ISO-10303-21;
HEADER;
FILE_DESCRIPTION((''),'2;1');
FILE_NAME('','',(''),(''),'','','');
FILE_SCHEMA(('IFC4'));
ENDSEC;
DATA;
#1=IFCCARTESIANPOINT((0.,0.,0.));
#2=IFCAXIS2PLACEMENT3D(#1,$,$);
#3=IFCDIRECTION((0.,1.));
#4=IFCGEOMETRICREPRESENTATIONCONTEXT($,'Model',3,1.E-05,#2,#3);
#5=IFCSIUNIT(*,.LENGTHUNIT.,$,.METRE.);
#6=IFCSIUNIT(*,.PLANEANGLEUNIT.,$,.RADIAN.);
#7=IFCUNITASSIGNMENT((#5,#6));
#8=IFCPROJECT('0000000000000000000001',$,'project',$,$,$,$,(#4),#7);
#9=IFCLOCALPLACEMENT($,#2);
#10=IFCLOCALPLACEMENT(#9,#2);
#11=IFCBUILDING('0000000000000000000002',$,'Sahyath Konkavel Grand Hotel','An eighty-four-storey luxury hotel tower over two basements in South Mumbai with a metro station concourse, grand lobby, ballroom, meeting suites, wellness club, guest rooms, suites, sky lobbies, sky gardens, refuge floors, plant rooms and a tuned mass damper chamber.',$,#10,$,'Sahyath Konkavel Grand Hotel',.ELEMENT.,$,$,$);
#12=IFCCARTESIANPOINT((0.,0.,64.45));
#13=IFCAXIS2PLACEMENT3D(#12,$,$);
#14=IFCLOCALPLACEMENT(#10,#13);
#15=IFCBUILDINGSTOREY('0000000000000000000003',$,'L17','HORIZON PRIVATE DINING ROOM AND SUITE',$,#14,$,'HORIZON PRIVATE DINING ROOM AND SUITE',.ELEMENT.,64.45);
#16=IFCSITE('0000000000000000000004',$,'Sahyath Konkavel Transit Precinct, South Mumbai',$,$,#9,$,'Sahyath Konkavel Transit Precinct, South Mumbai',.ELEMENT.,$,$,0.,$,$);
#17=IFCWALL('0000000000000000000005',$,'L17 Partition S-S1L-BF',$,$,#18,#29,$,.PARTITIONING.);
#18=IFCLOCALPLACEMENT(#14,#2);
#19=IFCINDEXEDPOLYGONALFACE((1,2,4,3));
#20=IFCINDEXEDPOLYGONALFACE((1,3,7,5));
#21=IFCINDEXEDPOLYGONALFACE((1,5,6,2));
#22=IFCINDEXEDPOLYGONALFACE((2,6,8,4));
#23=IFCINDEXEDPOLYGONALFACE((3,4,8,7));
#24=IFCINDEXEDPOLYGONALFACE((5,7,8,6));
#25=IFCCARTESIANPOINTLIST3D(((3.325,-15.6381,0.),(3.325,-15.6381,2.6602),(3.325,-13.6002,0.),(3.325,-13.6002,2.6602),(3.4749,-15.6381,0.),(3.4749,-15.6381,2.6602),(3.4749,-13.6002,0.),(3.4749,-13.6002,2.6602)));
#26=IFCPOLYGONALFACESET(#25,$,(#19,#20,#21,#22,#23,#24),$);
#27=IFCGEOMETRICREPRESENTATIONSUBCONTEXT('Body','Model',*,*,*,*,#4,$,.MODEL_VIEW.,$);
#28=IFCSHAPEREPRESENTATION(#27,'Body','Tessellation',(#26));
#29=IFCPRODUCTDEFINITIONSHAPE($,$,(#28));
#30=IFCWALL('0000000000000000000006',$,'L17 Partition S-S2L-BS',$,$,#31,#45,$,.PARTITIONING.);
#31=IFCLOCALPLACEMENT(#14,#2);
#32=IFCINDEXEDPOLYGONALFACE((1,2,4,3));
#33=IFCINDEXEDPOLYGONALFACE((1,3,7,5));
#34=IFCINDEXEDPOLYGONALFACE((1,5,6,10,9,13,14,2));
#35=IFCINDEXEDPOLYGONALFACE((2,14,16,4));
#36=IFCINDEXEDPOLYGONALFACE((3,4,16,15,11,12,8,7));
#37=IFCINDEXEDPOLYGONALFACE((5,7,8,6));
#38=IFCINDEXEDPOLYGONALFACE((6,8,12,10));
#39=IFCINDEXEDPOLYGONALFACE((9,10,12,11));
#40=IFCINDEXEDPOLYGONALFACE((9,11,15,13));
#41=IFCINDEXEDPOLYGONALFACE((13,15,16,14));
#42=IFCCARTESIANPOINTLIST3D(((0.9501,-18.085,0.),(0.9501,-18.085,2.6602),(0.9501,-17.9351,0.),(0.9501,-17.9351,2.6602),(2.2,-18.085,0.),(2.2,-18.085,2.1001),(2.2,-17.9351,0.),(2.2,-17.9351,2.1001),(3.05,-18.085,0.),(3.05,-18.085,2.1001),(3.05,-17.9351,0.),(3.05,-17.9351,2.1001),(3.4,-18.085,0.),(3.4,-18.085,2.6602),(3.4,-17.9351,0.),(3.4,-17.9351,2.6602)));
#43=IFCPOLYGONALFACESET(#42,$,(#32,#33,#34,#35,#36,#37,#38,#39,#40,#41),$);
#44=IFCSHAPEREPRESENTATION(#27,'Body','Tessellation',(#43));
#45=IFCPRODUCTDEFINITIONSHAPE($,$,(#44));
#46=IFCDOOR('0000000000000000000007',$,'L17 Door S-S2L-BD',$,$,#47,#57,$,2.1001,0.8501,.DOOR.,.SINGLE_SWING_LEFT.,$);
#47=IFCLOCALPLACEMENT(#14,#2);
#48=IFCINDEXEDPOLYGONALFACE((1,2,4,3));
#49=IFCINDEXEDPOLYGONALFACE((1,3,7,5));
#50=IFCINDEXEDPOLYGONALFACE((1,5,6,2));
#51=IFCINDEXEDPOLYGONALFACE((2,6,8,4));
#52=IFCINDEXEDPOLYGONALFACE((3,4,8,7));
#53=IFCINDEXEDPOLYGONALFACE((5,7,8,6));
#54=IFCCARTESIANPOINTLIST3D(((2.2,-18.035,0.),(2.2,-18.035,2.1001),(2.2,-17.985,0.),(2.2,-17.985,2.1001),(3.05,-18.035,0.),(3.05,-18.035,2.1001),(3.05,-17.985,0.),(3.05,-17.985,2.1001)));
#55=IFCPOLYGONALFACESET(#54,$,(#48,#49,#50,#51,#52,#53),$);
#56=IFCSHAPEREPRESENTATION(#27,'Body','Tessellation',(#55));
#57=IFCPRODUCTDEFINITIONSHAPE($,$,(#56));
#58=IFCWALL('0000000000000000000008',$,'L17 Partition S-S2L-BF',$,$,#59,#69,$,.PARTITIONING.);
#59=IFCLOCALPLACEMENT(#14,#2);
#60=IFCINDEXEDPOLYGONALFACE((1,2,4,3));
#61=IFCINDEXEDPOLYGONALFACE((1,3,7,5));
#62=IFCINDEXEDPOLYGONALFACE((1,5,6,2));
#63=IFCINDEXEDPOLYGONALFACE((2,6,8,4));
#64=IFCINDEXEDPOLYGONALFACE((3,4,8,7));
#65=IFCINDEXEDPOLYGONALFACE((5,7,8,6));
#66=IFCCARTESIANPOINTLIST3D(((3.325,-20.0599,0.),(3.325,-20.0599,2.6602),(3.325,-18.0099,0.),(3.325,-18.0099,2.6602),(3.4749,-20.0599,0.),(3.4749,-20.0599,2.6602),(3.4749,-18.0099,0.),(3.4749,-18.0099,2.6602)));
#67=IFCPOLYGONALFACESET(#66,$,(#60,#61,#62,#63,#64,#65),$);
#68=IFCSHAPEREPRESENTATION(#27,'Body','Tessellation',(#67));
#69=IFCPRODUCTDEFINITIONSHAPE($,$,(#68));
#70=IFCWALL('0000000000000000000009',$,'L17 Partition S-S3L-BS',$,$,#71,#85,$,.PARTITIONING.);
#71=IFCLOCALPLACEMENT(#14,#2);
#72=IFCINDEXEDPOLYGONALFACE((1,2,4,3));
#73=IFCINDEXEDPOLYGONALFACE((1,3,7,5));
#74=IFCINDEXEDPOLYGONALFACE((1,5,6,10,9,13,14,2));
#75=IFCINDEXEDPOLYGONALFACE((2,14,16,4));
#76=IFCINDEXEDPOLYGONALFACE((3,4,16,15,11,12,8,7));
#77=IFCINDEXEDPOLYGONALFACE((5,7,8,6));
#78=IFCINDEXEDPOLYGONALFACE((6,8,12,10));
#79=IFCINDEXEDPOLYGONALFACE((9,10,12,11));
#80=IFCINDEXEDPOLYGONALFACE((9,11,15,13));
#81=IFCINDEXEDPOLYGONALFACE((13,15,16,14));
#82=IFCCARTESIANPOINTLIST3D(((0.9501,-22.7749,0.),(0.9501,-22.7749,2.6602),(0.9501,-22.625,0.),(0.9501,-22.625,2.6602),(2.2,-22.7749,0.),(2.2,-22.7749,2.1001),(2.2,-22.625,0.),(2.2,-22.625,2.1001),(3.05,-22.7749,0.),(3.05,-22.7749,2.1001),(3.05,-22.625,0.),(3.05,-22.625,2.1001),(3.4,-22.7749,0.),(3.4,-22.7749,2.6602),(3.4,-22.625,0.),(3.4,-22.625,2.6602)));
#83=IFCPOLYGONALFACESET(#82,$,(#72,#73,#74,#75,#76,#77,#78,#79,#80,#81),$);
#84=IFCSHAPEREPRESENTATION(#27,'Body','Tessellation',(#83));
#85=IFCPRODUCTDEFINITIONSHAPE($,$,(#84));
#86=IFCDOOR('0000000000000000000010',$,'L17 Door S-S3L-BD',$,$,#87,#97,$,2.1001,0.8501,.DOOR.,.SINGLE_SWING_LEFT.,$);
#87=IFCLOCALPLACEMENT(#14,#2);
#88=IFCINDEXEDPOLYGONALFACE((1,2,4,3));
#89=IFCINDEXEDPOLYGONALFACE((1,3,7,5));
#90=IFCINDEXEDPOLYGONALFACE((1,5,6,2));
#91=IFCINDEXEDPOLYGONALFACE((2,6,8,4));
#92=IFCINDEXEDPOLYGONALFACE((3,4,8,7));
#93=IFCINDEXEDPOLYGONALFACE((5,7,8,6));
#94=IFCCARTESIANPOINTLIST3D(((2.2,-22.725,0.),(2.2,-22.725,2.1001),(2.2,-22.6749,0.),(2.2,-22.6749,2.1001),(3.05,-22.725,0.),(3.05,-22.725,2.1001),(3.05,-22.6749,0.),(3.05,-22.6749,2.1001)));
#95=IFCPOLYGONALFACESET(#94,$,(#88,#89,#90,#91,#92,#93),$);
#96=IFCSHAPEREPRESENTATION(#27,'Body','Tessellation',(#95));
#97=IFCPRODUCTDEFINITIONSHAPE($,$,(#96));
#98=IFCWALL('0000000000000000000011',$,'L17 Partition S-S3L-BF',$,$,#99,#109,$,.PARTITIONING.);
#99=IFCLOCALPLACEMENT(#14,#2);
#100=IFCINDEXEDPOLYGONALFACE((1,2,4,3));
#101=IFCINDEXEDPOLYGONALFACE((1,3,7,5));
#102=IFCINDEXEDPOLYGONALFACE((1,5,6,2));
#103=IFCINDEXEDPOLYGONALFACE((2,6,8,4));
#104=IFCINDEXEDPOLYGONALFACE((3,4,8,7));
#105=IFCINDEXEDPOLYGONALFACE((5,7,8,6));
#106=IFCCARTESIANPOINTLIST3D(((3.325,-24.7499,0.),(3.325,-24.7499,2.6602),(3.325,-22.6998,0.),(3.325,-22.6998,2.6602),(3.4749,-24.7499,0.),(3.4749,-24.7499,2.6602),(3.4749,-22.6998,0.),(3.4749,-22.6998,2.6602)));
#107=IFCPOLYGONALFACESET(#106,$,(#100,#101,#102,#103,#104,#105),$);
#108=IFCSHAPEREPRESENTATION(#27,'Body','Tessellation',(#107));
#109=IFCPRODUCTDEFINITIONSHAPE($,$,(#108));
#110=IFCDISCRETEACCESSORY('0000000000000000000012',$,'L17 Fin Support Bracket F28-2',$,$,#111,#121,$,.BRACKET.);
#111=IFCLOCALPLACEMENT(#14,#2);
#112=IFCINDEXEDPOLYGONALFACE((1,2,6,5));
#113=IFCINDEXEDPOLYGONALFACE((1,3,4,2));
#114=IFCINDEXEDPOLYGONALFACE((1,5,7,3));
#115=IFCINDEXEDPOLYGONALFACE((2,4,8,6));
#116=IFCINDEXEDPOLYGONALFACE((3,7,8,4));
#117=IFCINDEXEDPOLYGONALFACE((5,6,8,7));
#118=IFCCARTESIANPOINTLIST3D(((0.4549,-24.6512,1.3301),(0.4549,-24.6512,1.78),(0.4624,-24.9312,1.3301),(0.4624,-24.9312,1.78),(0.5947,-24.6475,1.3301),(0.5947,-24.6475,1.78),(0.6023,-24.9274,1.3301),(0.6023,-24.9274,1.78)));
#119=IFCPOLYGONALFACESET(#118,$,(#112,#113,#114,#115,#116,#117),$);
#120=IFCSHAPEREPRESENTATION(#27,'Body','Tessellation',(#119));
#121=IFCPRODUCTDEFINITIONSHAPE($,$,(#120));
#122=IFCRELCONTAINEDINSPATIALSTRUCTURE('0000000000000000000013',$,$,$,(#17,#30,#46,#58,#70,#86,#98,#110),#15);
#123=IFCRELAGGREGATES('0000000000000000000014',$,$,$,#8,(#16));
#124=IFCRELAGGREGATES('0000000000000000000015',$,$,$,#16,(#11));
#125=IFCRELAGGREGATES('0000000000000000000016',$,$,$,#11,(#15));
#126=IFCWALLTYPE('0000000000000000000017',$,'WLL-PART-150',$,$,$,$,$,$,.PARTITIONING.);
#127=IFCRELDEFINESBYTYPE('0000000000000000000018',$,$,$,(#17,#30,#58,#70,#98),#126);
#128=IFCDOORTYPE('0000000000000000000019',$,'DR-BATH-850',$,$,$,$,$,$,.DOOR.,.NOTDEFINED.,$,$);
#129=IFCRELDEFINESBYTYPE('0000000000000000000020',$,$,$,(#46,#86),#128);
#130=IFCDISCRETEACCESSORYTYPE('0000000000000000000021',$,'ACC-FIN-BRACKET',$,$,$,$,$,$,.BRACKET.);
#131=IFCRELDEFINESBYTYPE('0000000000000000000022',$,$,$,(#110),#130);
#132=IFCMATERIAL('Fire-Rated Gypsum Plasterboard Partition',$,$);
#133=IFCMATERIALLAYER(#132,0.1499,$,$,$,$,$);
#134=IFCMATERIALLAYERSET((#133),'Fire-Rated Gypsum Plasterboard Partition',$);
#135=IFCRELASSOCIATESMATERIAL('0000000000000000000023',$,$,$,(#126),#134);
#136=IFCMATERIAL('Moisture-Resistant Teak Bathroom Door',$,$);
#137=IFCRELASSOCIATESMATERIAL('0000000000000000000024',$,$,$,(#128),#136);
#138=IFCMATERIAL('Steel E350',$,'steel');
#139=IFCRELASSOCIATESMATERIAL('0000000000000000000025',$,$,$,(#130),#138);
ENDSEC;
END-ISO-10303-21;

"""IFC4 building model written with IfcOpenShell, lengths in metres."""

from ifc_helpers import new_model, si_unit, direction, frame, frame_2d, origin, origin_2d, place, context, subcontext, project, spatial, rectangle, extrude, source, transform, mapped, material, layer, layer_set, type_object, element, fill, save


model = new_model("IFC4")

# Units and contexts
model_context = context("Model", 3, precision=1e-05, world=origin(), true_north=direction((0.0, 1.0)))
body_context = subcontext(model_context, "Body", "Model", "MODEL_VIEW")
ifc_project = project(units=[si_unit("LENGTHUNIT", "METRE"), si_unit("PLANEANGLEUNIT", "RADIAN")], contexts=[model_context])

# Site, building, storey
site_placement = place(None, origin())
site = spatial("IfcSite", under=ifc_project, at=site_placement, Name="Sahyath Konkavel Transit Precinct, South Mumbai", LongName="Sahyath Konkavel Transit Precinct, South Mumbai", CompositionType="ELEMENT", RefElevation=0.0)
building_placement = place(site_placement, origin())
building = spatial("IfcBuilding", under=site, at=building_placement, Name="Sahyath Konkavel Grand Hotel", Description="An eighty-four-storey luxury hotel tower over two basements in South Mumbai with a metro station concourse, grand lobby, ballroom, meeting suites, wellness club, guest rooms, suites, sky lobbies, sky gardens, refuge floors, plant rooms and a tuned mass damper chamber.", LongName="Sahyath Konkavel Grand Hotel", CompositionType="ELEMENT")
storey_placement = place(building_placement, frame((0.0, 0.0, 64.45)))
storey = spatial("IfcBuildingStorey", under=building, at=storey_placement, Name="L17", Description="HORIZON PRIVATE DINING ROOM AND SUITE", LongName="HORIZON PRIVATE DINING ROOM AND SUITE", CompositionType="ELEMENT", Elevation=64.45)

# Shared definitions
ifc_material_1 = material(Name="Steel E350", Category="steel")

# Shared definitions
ifc_material_2 = material(Name="Fire-Rated Gypsum Plasterboard Partition")
ifc_layer_1 = layer(ifc_material_2, 0.1499)
ifc_layer_set_1 = layer_set([ifc_layer_1], Name="Fire-Rated Gypsum Plasterboard Partition")
wall_type_1 = type_object("IfcWallType", Name="WLL-PART-150", PredefinedType="PARTITIONING", material=ifc_layer_set_1)
shared_shape_1 = source(origin(), body_context, "Body", "SweptSolid", [
    extrude(rectangle(XDim=0.8501, YDim=0.05, at=origin_2d()), origin(), (0.0, 0.0, 1.0), 2.1001),
])

# Shared definitions
ifc_material_3 = material(Name="Moisture-Resistant Teak Bathroom Door")
door_type_1 = type_object("IfcDoorType", Name="DR-BATH-850", OperationType="NOTDEFINED", PredefinedType="DOOR", material=ifc_material_3)

# Wall
wall_1_placement = place(storey_placement, frame((3.3999, -13.6001, 0.0), z_axis=(0.0, 0.0, 1.0), x_axis=(0.0, -1.0, 0.0)))
element("IfcWall", 1, at=wall_1_placement, inside=storey, type_object=wall_type_1, Name="L17 Partition S-S1L-BF", PredefinedType="PARTITIONING", context=body_context, shape_type="SweptSolid", body=[
    extrude(rectangle(XDim=2.0378, YDim=0.1499, at=frame_2d((1.019, 0.0))), origin(), (0.0, 0.0, 1.0), 2.6602),
])

# Wall, opening, door
wall_2_placement = place(storey_placement, frame((0.95, -18.01, 0.0), z_axis=(0.0, 0.0, 1.0), x_axis=(1.0, 0.0, 0.0)))
wall_2 = element("IfcWall", 2, at=wall_2_placement, inside=storey, type_object=wall_type_1, Name="L17 Partition S-S2L-BS", PredefinedType="PARTITIONING", context=body_context, shape_type="SweptSolid", body=[
    extrude(rectangle(XDim=2.45, YDim=0.1499, at=frame_2d((1.2251, 0.0))), origin(), (0.0, 0.0, 1.0), 2.6602),
])
opening_1_placement = place(wall_2_placement, frame((1.25, 0.0, 0.0)))
opening_1 = element("IfcOpeningElement", 3, at=opening_1_placement, cuts=wall_2, PredefinedType="OPENING", context=body_context, shape_type="SweptSolid", body=[
    extrude(rectangle(XDim=0.8501, YDim=2.1001, at=frame_2d((0.425, 1.05))), frame((0.0, 0.085, 0.0), z_axis=(0.0, -1.0, 0.0), x_axis=(1.0, 0.0, 0.0)), (0.0, 0.0, 1.0), 0.1699),
])
door_1_placement = place(opening_1_placement, frame((0.425, 0.0, 0.0)))
door_1 = element("IfcDoor", 4, at=door_1_placement, inside=storey, type_object=door_type_1, Name="L17 Door S-S2L-BD", OperationType="SINGLE_SWING_LEFT", OverallHeight=2.1001, OverallWidth=0.8501, PredefinedType="DOOR", context=body_context, shape_type="MappedRepresentation", body=[
    mapped(shared_shape_1, transform((0.0, 0.0, 0.0), scale=1.0)),
])
fill(opening_1, door_1)

# Wall
wall_3_placement = place(storey_placement, frame((3.3999, -18.01, 0.0), z_axis=(0.0, 0.0, 1.0), x_axis=(0.0, -1.0, 0.0)))
element("IfcWall", 5, at=wall_3_placement, inside=storey, type_object=wall_type_1, Name="L17 Partition S-S2L-BF", PredefinedType="PARTITIONING", context=body_context, shape_type="SweptSolid", body=[
    extrude(rectangle(XDim=2.05, YDim=0.1499, at=frame_2d((1.0249, 0.0))), origin(), (0.0, 0.0, 1.0), 2.6602),
])

# Wall, opening, door
wall_4_placement = place(storey_placement, frame((0.95, -22.7, 0.0), z_axis=(0.0, 0.0, 1.0), x_axis=(1.0, 0.0, 0.0)))
wall_4 = element("IfcWall", 6, at=wall_4_placement, inside=storey, type_object=wall_type_1, Name="L17 Partition S-S3L-BS", PredefinedType="PARTITIONING", context=body_context, shape_type="SweptSolid", body=[
    extrude(rectangle(XDim=2.45, YDim=0.1499, at=frame_2d((1.2251, 0.0))), origin(), (0.0, 0.0, 1.0), 2.6602),
])
opening_2_placement = place(wall_4_placement, frame((1.25, 0.0, 0.0)))
opening_2 = element("IfcOpeningElement", 7, at=opening_2_placement, cuts=wall_4, PredefinedType="OPENING", context=body_context, shape_type="SweptSolid", body=[
    extrude(rectangle(XDim=0.8501, YDim=2.1001, at=frame_2d((0.425, 1.05))), frame((0.0, 0.085, 0.0), z_axis=(0.0, -1.0, 0.0), x_axis=(1.0, 0.0, 0.0)), (0.0, 0.0, 1.0), 0.1699),
])
door_2_placement = place(opening_2_placement, frame((0.425, 0.0, 0.0)))
door_2 = element("IfcDoor", 8, at=door_2_placement, inside=storey, type_object=door_type_1, Name="L17 Door S-S3L-BD", OperationType="SINGLE_SWING_LEFT", OverallHeight=2.1001, OverallWidth=0.8501, PredefinedType="DOOR", context=body_context, shape_type="MappedRepresentation", body=[
    mapped(shared_shape_1, transform((0.0, 0.0, 0.0), scale=1.0)),
])
fill(opening_2, door_2)

# Wall
wall_5_placement = place(storey_placement, frame((3.3999, -22.7, 0.0), z_axis=(0.0, 0.0, 1.0), x_axis=(0.0, -1.0, 0.0)))
element("IfcWall", 9, at=wall_5_placement, inside=storey, type_object=wall_type_1, Name="L17 Partition S-S3L-BF", PredefinedType="PARTITIONING", context=body_context, shape_type="SweptSolid", body=[
    extrude(rectangle(XDim=2.05, YDim=0.1499, at=frame_2d((1.0249, 0.0))), origin(), (0.0, 0.0, 1.0), 2.6602),
])

# Discrete accessory
discrete_accessory_type = type_object("IfcDiscreteAccessoryType", Name="ACC-FIN-BRACKET", PredefinedType="BRACKET", material=ifc_material_1)
shared_shape_2 = source(origin(), body_context, "Body", "SweptSolid", [
    extrude(rectangle(XDim=0.28, YDim=0.1399, at=origin_2d()), origin(), (0.0, 0.0, 1.0), 0.45),
])
discrete_accessory_placement = place(storey_placement, frame((0.5286, -24.7893, 1.3301), z_axis=(0.0, 0.0, 1.0), x_axis=(0.02691, -0.999638, 0.0)))
element("IfcDiscreteAccessory", 10, at=discrete_accessory_placement, inside=storey, type_object=discrete_accessory_type, Name="L17 Fin Support Bracket F28-2", PredefinedType="BRACKET", context=body_context, shape_type="MappedRepresentation", body=[
    mapped(shared_shape_2, transform((0.0, 0.0, 0.0), scale=1.0)),
])

save(model, "model.ifc")
